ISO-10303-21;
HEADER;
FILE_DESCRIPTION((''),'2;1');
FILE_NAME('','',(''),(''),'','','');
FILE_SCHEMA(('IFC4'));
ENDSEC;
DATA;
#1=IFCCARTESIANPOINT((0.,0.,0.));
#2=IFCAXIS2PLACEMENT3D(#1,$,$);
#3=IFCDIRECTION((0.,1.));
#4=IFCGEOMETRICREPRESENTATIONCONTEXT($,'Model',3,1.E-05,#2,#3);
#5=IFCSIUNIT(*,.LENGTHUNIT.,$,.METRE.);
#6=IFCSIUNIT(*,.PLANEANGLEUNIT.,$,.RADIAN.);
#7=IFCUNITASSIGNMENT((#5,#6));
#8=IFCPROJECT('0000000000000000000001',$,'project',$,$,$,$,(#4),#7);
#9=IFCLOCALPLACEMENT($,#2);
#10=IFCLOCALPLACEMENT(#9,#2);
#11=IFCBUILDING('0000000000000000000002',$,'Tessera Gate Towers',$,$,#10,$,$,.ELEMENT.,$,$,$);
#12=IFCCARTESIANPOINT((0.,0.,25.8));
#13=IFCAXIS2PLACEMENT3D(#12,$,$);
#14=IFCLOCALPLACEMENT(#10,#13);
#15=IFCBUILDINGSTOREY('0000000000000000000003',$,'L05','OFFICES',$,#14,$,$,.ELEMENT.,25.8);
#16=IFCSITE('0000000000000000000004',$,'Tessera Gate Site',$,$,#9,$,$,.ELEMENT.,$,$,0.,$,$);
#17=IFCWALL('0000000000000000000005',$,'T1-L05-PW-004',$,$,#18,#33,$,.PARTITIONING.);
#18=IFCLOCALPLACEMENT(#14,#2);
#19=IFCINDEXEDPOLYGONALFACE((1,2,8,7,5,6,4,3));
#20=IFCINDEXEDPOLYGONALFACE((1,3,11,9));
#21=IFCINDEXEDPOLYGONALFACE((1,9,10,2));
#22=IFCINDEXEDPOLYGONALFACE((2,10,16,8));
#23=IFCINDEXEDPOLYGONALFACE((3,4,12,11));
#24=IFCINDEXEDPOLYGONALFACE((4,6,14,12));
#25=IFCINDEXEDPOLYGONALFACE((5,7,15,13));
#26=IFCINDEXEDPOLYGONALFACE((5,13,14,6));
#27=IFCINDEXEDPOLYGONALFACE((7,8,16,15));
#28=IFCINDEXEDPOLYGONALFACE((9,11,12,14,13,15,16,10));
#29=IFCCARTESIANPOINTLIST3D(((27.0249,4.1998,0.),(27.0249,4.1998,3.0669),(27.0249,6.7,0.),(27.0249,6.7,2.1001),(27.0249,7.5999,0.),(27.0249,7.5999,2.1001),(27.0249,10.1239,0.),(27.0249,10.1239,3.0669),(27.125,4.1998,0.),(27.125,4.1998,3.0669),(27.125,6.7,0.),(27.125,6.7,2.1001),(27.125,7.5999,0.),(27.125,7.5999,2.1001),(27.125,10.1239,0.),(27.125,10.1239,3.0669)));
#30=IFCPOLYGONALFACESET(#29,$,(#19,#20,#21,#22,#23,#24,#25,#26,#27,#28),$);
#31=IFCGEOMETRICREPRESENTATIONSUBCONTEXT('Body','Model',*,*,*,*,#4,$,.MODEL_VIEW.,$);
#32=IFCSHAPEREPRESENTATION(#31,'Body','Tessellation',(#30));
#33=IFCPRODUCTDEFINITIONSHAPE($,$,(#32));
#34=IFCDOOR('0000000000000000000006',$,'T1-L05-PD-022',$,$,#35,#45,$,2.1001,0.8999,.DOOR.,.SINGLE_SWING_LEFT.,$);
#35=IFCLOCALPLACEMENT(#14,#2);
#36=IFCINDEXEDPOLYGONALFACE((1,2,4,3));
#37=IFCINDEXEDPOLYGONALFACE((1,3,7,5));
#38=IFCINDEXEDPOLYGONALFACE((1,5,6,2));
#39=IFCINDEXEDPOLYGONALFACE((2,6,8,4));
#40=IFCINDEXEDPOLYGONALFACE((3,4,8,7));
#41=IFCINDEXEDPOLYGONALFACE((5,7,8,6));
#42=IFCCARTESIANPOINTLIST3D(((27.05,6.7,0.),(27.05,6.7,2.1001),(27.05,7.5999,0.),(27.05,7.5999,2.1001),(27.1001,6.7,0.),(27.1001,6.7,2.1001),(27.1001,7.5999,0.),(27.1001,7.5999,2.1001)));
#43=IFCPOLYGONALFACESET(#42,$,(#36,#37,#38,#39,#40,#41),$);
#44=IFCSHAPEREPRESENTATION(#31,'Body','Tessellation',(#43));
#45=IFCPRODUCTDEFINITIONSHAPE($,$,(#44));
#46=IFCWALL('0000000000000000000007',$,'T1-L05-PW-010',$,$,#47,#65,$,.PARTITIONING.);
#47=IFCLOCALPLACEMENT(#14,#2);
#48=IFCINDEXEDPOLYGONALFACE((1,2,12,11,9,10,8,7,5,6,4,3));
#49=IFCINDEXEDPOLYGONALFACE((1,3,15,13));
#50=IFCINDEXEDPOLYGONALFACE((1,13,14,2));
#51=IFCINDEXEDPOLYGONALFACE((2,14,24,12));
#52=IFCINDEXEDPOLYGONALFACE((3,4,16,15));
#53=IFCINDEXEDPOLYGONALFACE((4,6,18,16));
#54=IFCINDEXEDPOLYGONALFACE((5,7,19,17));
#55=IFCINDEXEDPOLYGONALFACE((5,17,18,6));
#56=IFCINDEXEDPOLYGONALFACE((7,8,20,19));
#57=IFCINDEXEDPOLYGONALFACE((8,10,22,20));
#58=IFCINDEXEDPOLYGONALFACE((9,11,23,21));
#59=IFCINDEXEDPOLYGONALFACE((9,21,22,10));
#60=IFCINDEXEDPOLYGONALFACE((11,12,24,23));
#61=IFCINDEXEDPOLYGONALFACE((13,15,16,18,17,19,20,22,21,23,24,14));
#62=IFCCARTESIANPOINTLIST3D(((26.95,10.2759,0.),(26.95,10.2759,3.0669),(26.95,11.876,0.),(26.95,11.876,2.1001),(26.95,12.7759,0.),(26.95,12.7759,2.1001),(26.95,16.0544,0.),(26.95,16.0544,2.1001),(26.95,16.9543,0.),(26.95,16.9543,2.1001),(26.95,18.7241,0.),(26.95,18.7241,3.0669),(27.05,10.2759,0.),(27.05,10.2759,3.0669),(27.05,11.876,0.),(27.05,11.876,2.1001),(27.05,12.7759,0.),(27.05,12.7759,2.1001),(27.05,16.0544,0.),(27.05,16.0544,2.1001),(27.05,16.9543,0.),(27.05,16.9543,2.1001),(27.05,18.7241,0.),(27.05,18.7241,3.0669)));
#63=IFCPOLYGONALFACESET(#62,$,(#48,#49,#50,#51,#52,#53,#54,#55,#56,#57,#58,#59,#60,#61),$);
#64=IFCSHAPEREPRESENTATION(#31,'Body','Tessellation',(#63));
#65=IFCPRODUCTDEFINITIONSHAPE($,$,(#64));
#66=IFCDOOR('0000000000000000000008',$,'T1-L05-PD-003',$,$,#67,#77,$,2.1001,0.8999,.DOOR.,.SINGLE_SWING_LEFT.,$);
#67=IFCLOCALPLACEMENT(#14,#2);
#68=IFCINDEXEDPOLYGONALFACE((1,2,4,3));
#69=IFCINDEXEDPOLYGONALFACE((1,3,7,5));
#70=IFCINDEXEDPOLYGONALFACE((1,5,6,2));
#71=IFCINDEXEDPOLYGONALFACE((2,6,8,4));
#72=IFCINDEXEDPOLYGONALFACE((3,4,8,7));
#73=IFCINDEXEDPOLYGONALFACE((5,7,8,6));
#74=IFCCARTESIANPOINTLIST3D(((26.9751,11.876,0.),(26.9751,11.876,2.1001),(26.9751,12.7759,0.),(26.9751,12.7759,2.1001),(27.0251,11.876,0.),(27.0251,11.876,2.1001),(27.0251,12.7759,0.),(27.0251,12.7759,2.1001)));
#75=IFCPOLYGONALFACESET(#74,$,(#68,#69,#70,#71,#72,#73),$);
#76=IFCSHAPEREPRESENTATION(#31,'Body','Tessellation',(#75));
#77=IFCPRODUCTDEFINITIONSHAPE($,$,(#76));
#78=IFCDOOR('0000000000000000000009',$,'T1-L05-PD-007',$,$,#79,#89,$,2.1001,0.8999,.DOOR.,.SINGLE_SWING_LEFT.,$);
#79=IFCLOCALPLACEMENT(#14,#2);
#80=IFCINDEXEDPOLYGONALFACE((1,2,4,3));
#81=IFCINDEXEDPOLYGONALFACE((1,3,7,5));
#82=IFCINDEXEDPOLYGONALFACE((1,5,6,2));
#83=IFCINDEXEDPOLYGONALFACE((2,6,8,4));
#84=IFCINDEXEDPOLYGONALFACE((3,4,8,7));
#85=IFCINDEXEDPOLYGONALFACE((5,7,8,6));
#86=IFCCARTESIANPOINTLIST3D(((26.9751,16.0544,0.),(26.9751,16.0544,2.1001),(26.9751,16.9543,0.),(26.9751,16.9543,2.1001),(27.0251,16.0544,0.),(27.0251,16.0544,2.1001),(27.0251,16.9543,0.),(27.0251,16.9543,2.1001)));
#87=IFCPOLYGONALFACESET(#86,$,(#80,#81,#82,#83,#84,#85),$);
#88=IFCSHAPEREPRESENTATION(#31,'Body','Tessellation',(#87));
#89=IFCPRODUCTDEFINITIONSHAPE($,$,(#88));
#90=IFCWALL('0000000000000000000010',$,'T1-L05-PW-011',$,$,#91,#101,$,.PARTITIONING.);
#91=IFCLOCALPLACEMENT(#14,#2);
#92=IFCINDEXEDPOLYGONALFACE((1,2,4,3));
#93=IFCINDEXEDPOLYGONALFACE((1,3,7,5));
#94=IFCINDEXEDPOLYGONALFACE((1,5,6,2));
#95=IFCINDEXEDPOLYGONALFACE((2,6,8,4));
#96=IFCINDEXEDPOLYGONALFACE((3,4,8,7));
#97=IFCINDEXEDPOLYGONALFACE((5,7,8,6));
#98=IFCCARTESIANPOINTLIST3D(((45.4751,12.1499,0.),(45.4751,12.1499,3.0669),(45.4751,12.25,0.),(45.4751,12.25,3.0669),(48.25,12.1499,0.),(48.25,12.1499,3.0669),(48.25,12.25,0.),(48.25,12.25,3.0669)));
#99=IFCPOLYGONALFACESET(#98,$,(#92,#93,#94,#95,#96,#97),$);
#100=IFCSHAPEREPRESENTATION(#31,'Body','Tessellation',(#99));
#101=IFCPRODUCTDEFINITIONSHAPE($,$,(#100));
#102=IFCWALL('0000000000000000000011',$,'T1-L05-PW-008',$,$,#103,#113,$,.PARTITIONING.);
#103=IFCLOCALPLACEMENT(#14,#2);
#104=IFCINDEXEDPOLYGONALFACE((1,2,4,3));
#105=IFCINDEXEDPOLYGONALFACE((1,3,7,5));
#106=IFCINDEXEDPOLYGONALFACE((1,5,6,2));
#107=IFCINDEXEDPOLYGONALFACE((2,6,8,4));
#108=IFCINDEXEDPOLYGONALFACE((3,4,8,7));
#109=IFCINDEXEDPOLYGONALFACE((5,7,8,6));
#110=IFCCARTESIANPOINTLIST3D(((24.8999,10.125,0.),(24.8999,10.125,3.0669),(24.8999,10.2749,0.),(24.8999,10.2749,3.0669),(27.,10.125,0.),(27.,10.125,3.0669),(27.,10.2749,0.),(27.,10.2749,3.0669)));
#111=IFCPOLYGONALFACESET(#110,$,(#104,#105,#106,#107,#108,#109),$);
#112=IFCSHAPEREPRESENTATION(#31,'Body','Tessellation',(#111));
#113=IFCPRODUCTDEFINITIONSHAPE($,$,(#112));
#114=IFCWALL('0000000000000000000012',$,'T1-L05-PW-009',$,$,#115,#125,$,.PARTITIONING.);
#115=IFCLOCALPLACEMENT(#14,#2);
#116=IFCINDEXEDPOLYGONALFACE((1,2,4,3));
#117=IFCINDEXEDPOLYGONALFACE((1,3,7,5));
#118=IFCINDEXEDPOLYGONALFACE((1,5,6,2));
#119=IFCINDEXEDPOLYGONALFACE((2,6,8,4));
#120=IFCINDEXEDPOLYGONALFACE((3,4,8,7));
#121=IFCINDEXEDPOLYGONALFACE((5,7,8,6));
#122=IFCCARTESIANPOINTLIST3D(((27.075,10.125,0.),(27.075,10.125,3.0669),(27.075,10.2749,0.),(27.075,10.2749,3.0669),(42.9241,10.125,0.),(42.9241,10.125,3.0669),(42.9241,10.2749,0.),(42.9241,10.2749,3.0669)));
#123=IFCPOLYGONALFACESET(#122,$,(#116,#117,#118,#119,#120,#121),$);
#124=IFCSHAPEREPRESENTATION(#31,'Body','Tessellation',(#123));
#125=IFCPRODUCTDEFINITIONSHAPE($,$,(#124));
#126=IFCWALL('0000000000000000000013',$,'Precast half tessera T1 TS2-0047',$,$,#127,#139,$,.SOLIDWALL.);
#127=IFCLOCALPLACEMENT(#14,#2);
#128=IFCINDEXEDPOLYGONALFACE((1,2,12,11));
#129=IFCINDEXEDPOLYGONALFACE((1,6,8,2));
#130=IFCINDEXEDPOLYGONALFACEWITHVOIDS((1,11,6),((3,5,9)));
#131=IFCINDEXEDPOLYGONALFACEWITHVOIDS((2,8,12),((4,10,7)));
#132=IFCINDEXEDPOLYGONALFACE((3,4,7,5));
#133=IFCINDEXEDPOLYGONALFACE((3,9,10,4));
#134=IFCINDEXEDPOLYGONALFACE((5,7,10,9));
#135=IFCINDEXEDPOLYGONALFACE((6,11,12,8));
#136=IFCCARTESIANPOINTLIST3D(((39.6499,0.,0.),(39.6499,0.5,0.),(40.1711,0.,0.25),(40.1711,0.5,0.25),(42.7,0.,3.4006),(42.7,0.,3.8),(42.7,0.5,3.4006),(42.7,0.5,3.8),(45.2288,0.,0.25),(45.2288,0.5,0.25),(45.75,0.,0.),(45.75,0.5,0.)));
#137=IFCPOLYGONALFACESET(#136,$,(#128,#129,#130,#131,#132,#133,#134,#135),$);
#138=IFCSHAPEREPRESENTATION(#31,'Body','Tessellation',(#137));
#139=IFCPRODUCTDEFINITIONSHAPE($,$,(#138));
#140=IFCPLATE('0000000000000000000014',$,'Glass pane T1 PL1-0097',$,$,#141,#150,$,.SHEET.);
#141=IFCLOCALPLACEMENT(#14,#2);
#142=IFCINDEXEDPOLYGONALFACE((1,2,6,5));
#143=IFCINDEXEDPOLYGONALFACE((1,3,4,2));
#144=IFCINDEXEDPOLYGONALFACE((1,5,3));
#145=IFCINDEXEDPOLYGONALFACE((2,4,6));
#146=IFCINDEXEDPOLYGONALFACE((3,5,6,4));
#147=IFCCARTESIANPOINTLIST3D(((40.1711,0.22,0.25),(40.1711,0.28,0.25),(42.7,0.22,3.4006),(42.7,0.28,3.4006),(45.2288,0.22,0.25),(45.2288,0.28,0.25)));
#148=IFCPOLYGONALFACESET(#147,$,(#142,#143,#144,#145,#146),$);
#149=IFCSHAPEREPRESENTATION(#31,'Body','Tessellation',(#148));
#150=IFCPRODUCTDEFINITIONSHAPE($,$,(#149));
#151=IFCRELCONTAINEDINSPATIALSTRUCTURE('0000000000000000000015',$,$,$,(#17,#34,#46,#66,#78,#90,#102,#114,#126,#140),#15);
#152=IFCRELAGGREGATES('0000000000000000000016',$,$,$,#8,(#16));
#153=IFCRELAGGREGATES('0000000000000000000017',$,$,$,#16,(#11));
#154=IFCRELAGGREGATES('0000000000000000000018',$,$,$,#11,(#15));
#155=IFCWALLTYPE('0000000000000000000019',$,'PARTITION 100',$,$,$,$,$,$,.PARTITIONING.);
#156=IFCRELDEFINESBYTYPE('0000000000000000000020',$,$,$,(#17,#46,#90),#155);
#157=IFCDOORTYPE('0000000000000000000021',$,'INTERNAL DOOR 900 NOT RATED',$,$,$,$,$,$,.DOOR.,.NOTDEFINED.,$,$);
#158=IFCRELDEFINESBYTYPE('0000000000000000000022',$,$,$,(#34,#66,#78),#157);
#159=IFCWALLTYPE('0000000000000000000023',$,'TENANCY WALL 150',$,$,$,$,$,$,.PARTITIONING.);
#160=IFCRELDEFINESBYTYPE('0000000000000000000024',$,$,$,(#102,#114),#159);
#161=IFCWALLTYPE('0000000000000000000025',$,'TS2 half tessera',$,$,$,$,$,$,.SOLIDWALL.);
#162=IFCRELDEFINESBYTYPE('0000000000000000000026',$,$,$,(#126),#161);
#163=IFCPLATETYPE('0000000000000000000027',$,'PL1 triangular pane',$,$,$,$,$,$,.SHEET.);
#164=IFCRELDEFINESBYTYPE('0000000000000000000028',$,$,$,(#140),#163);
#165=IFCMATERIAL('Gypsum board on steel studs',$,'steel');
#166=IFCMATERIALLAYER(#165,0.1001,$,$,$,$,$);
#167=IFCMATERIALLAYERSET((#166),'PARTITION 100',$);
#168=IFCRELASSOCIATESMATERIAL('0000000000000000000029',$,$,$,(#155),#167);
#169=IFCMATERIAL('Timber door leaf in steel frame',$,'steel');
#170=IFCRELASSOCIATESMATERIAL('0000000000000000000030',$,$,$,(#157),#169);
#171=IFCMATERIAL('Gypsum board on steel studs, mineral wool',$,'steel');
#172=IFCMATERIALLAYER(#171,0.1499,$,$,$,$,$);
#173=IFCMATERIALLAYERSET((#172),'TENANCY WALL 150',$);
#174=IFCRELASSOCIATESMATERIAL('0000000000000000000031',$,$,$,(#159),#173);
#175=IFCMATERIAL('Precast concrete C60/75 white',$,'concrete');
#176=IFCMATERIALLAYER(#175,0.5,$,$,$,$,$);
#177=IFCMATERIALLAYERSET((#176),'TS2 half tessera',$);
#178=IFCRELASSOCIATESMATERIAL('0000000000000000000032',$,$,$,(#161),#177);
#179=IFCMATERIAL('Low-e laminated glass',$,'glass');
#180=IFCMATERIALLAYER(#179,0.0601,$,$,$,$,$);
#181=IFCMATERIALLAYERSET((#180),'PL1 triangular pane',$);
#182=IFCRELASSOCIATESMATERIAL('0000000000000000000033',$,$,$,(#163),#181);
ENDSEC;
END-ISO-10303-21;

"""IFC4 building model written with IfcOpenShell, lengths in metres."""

from ifc_helpers import new_model, si_unit, direction, frame, frame_2d, origin, place, context, subcontext, project, spatial, polyline, rectangle, outline, extrude, source, transform, mapped, material, layer, layer_set, type_object, element, fill, save


model = new_model("IFC4")

# Units and contexts
model_context = context("Model", 3, precision=1e-05, world=origin(), true_north=direction((0.0, 1.0)))
body_context = subcontext(model_context, "Body", "Model", "MODEL_VIEW")
ifc_project = project(units=[si_unit("LENGTHUNIT", "METRE"), si_unit("PLANEANGLEUNIT", "RADIAN")], contexts=[model_context])

# Site, building, storey
site_placement = place(None, origin())
site = spatial("IfcSite", under=ifc_project, at=site_placement, Name="Tessera Gate Site", CompositionType="ELEMENT", RefElevation=0.0)
building_placement = place(site_placement, origin())
building = spatial("IfcBuilding", under=site, at=building_placement, Name="Tessera Gate Towers", CompositionType="ELEMENT")
storey_placement = place(building_placement, frame((0.0, 0.0, 25.8)))
storey = spatial("IfcBuildingStorey", under=building, at=storey_placement, Name="L05", Description="OFFICES", CompositionType="ELEMENT", Elevation=25.8)

# Shared definitions
shared_shape_1 = source(origin(), body_context, "Body", "SweptSolid", [
    extrude(rectangle(XDim=0.8999, YDim=2.1001, at=frame_2d((0.45, 1.05))), frame((0.0, 0.0249, 0.0), z_axis=(0.0, -1.0, 0.0), x_axis=(1.0, 0.0, 0.0)), (0.0, 0.0, 1.0), 0.05),
])

# Shared definitions
ifc_material_1 = material(Name="Gypsum board on steel studs", Category="steel")
ifc_layer_1 = layer(ifc_material_1, 0.1001)
ifc_layer_set_1 = layer_set([ifc_layer_1], Name="PARTITION 100")
wall_type_1 = type_object("IfcWallType", Name="PARTITION 100", PredefinedType="PARTITIONING", material=ifc_layer_set_1)

# Wall, opening, door
wall_1_placement = place(storey_placement, frame((27.075, 4.2, 0.0), z_axis=(0.0, 0.0, 1.0), x_axis=(0.0, 1.0, 0.0)))
wall_1 = element("IfcWall", 1, at=wall_1_placement, inside=storey, type_object=wall_type_1, Name="T1-L05-PW-004", PredefinedType="PARTITIONING", context=body_context, shape_type="SweptSolid", body=[
    extrude(rectangle(XDim=5.9241, YDim=0.1001, at=frame_2d((2.9619, 0.0))), origin(), (0.0, 0.0, 1.0), 3.0669),
])
shared_shape_2 = source(origin(), body_context, "Body", "SweptSolid", [
    extrude(rectangle(XDim=0.8999, YDim=2.1001, at=frame_2d((0.45, 1.05))), frame((0.0, 0.0601, 0.0), z_axis=(0.0, -1.0, 0.0), x_axis=(1.0, 0.0, 0.0)), (0.0, 0.0, 1.0), 0.1201),
])
opening_1_placement = place(wall_1_placement, frame((2.5, 0.0, 0.0)))
opening_1 = element("IfcOpeningElement", 2, at=opening_1_placement, cuts=wall_1, PredefinedType="OPENING", context=body_context, shape_type="MappedRepresentation", body=[
    mapped(shared_shape_2, transform((0.0, 0.0, 0.0), scale=1.0)),
])
ifc_material_2 = material(Name="Timber door leaf in steel frame", Category="steel")
door_type_1 = type_object("IfcDoorType", Name="INTERNAL DOOR 900 NOT RATED", OperationType="NOTDEFINED", PredefinedType="DOOR", material=ifc_material_2)
door_1_placement = place(opening_1_placement, origin())
door_1 = element("IfcDoor", 3, at=door_1_placement, inside=storey, type_object=door_type_1, Name="T1-L05-PD-022", OperationType="SINGLE_SWING_LEFT", OverallHeight=2.1001, OverallWidth=0.8999, PredefinedType="DOOR", context=body_context, shape_type="MappedRepresentation", body=[
    mapped(shared_shape_1, transform((0.0, 0.0, 0.0), scale=1.0)),
])
fill(opening_1, door_1)

# Wall, openings, doors
wall_2_placement = place(storey_placement, frame((27.0, 10.2759, 0.0), z_axis=(0.0, 0.0, 1.0), x_axis=(0.0, 1.0, 0.0)))
wall_2 = element("IfcWall", 4, at=wall_2_placement, inside=storey, type_object=wall_type_1, Name="T1-L05-PW-010", PredefinedType="PARTITIONING", context=body_context, shape_type="SweptSolid", body=[
    extrude(rectangle(XDim=8.4482, YDim=0.1001, at=frame_2d((4.2241, 0.0))), origin(), (0.0, 0.0, 1.0), 3.0669),
])
opening_2_placement = place(wall_2_placement, frame((1.6001, 0.0, 0.0)))
opening_2 = element("IfcOpeningElement", 5, at=opening_2_placement, cuts=wall_2, PredefinedType="OPENING", context=body_context, shape_type="MappedRepresentation", body=[
    mapped(shared_shape_2, transform((0.0, 0.0, 0.0), scale=1.0)),
])
opening_3_placement = place(wall_2_placement, frame((5.7786, 0.0, 0.0)))
opening_3 = element("IfcOpeningElement", 6, at=opening_3_placement, cuts=wall_2, PredefinedType="OPENING", context=body_context, shape_type="MappedRepresentation", body=[
    mapped(shared_shape_2, transform((0.0, 0.0, 0.0), scale=1.0)),
])
door_2_placement = place(opening_2_placement, origin())
door_2 = element("IfcDoor", 7, at=door_2_placement, inside=storey, type_object=door_type_1, Name="T1-L05-PD-003", OperationType="SINGLE_SWING_LEFT", OverallHeight=2.1001, OverallWidth=0.8999, PredefinedType="DOOR", context=body_context, shape_type="MappedRepresentation", body=[
    mapped(shared_shape_1, transform((0.0, 0.0, 0.0), scale=1.0)),
])
fill(opening_2, door_2)
door_3_placement = place(opening_3_placement, origin())
door_3 = element("IfcDoor", 8, at=door_3_placement, inside=storey, type_object=door_type_1, Name="T1-L05-PD-007", OperationType="SINGLE_SWING_LEFT", OverallHeight=2.1001, OverallWidth=0.8999, PredefinedType="DOOR", context=body_context, shape_type="MappedRepresentation", body=[
    mapped(shared_shape_1, transform((0.0, 0.0, 0.0), scale=1.0)),
])
fill(opening_3, door_3)

# Walls
wall_3_placement = place(storey_placement, frame((48.25, 12.2, 0.0), z_axis=(0.0, 0.0, 1.0), x_axis=(-1.0, 0.0, 0.0)))
element("IfcWall", 9, at=wall_3_placement, inside=storey, type_object=wall_type_1, Name="T1-L05-PW-011", PredefinedType="PARTITIONING", context=body_context, shape_type="SweptSolid", body=[
    extrude(rectangle(XDim=2.7749, YDim=0.1001, at=frame_2d((1.3875, 0.0))), origin(), (0.0, 0.0, 1.0), 3.0669),
])
ifc_material_3 = material(Name="Gypsum board on steel studs, mineral wool", Category="steel")
ifc_layer_2 = layer(ifc_material_3, 0.1499)
ifc_layer_set_2 = layer_set([ifc_layer_2], Name="TENANCY WALL 150")
wall_type_2 = type_object("IfcWallType", Name="TENANCY WALL 150", PredefinedType="PARTITIONING", material=ifc_layer_set_2)
wall_4_placement = place(storey_placement, frame((24.8999, 10.2, 0.0), z_axis=(0.0, 0.0, 1.0), x_axis=(1.0, 0.0, 0.0)))
element("IfcWall", 10, at=wall_4_placement, inside=storey, type_object=wall_type_2, Name="T1-L05-PW-008", PredefinedType="PARTITIONING", context=body_context, shape_type="SweptSolid", body=[
    extrude(rectangle(XDim=2.1001, YDim=0.1499, at=frame_2d((1.05, 0.0))), origin(), (0.0, 0.0, 1.0), 3.0669),
])
wall_5_placement = place(storey_placement, frame((27.075, 10.2, 0.0), z_axis=(0.0, 0.0, 1.0), x_axis=(1.0, 0.0, 0.0)))
element("IfcWall", 11, at=wall_5_placement, inside=storey, type_object=wall_type_2, Name="T1-L05-PW-009", PredefinedType="PARTITIONING", context=body_context, shape_type="SweptSolid", body=[
    extrude(rectangle(XDim=15.8491, YDim=0.1499, at=frame_2d((7.9246, 0.0))), origin(), (0.0, 0.0, 1.0), 3.0669),
])

# Wall, opening, plate
ifc_material_4 = material(Name="Precast concrete C60/75 white", Category="concrete")
ifc_layer_3 = layer(ifc_material_4, 0.5)
ifc_layer_set_3 = layer_set([ifc_layer_3], Name="TS2 half tessera")
wall_type_3 = type_object("IfcWallType", Name="TS2 half tessera", PredefinedType="SOLIDWALL", material=ifc_layer_set_3)
shared_shape_3 = source(origin(), body_context, "Body", "SweptSolid", [
    extrude(outline(polyline([(6.1001, 0.0), (3.05, 3.8), (0.0, 0.0), (6.1001, 0.0)])), frame((0.0, 0.25, 0.0), z_axis=(0.0, -1.0, 0.0), x_axis=(1.0, 0.0, 0.0)), (0.0, 0.0, 1.0), 0.5),
])
wall_6_placement = place(storey_placement, frame((39.6499, 0.25, 0.0), z_axis=(0.0, 0.0, 1.0), x_axis=(1.0, 0.0, 0.0)))
wall_6 = element("IfcWall", 12, at=wall_6_placement, inside=storey, type_object=wall_type_3, Name="Precast half tessera T1 TS2-0047", PredefinedType="SOLIDWALL", context=body_context, shape_type="MappedRepresentation", body=[
    mapped(shared_shape_3, transform((0.0, 0.0, 0.0), scale=1.0)),
])
shared_shape_4 = source(origin(), body_context, "Body", "SweptSolid", [
    extrude(outline(polyline([(5.5789, 0.25), (3.05, 3.4006), (0.5212, 0.25), (5.5789, 0.25)])), frame((0.0, 0.26, 0.0), z_axis=(0.0, -1.0, 0.0), x_axis=(1.0, 0.0, 0.0)), (0.0, 0.0, 1.0), 0.52),
])
opening_4_placement = place(wall_6_placement, origin())
opening_4 = element("IfcOpeningElement", 13, at=opening_4_placement, cuts=wall_6, PredefinedType="OPENING", context=body_context, shape_type="MappedRepresentation", body=[
    mapped(shared_shape_4, transform((0.0, 0.0, 0.0), scale=1.0)),
])
ifc_material_5 = material(Name="Low-e laminated glass", Category="glass")
ifc_layer_4 = layer(ifc_material_5, 0.0601)
ifc_layer_set_4 = layer_set([ifc_layer_4], Name="PL1 triangular pane")
plate_type = type_object("IfcPlateType", Name="PL1 triangular pane", PredefinedType="SHEET", material=ifc_layer_set_4)
shared_shape_5 = source(origin(), body_context, "Body", "SweptSolid", [
    extrude(outline(polyline([(5.5789, 0.25), (3.05, 3.4006), (0.5212, 0.25), (5.5789, 0.25)])), frame((0.0, 0.03, 0.0), z_axis=(0.0, -1.0, 0.0), x_axis=(1.0, 0.0, 0.0)), (0.0, 0.0, 1.0), 0.0601),
])
plate_1_placement = place(opening_4_placement, origin())
plate_1 = element("IfcPlate", 14, at=plate_1_placement, inside=storey, type_object=plate_type, Name="Glass pane T1 PL1-0097", PredefinedType="SHEET", context=body_context, shape_type="MappedRepresentation", body=[
    mapped(shared_shape_5, transform((0.0, 0.0, 0.0), scale=1.0)),
])
fill(opening_4, plate_1)

save(model, "model.ifc")
